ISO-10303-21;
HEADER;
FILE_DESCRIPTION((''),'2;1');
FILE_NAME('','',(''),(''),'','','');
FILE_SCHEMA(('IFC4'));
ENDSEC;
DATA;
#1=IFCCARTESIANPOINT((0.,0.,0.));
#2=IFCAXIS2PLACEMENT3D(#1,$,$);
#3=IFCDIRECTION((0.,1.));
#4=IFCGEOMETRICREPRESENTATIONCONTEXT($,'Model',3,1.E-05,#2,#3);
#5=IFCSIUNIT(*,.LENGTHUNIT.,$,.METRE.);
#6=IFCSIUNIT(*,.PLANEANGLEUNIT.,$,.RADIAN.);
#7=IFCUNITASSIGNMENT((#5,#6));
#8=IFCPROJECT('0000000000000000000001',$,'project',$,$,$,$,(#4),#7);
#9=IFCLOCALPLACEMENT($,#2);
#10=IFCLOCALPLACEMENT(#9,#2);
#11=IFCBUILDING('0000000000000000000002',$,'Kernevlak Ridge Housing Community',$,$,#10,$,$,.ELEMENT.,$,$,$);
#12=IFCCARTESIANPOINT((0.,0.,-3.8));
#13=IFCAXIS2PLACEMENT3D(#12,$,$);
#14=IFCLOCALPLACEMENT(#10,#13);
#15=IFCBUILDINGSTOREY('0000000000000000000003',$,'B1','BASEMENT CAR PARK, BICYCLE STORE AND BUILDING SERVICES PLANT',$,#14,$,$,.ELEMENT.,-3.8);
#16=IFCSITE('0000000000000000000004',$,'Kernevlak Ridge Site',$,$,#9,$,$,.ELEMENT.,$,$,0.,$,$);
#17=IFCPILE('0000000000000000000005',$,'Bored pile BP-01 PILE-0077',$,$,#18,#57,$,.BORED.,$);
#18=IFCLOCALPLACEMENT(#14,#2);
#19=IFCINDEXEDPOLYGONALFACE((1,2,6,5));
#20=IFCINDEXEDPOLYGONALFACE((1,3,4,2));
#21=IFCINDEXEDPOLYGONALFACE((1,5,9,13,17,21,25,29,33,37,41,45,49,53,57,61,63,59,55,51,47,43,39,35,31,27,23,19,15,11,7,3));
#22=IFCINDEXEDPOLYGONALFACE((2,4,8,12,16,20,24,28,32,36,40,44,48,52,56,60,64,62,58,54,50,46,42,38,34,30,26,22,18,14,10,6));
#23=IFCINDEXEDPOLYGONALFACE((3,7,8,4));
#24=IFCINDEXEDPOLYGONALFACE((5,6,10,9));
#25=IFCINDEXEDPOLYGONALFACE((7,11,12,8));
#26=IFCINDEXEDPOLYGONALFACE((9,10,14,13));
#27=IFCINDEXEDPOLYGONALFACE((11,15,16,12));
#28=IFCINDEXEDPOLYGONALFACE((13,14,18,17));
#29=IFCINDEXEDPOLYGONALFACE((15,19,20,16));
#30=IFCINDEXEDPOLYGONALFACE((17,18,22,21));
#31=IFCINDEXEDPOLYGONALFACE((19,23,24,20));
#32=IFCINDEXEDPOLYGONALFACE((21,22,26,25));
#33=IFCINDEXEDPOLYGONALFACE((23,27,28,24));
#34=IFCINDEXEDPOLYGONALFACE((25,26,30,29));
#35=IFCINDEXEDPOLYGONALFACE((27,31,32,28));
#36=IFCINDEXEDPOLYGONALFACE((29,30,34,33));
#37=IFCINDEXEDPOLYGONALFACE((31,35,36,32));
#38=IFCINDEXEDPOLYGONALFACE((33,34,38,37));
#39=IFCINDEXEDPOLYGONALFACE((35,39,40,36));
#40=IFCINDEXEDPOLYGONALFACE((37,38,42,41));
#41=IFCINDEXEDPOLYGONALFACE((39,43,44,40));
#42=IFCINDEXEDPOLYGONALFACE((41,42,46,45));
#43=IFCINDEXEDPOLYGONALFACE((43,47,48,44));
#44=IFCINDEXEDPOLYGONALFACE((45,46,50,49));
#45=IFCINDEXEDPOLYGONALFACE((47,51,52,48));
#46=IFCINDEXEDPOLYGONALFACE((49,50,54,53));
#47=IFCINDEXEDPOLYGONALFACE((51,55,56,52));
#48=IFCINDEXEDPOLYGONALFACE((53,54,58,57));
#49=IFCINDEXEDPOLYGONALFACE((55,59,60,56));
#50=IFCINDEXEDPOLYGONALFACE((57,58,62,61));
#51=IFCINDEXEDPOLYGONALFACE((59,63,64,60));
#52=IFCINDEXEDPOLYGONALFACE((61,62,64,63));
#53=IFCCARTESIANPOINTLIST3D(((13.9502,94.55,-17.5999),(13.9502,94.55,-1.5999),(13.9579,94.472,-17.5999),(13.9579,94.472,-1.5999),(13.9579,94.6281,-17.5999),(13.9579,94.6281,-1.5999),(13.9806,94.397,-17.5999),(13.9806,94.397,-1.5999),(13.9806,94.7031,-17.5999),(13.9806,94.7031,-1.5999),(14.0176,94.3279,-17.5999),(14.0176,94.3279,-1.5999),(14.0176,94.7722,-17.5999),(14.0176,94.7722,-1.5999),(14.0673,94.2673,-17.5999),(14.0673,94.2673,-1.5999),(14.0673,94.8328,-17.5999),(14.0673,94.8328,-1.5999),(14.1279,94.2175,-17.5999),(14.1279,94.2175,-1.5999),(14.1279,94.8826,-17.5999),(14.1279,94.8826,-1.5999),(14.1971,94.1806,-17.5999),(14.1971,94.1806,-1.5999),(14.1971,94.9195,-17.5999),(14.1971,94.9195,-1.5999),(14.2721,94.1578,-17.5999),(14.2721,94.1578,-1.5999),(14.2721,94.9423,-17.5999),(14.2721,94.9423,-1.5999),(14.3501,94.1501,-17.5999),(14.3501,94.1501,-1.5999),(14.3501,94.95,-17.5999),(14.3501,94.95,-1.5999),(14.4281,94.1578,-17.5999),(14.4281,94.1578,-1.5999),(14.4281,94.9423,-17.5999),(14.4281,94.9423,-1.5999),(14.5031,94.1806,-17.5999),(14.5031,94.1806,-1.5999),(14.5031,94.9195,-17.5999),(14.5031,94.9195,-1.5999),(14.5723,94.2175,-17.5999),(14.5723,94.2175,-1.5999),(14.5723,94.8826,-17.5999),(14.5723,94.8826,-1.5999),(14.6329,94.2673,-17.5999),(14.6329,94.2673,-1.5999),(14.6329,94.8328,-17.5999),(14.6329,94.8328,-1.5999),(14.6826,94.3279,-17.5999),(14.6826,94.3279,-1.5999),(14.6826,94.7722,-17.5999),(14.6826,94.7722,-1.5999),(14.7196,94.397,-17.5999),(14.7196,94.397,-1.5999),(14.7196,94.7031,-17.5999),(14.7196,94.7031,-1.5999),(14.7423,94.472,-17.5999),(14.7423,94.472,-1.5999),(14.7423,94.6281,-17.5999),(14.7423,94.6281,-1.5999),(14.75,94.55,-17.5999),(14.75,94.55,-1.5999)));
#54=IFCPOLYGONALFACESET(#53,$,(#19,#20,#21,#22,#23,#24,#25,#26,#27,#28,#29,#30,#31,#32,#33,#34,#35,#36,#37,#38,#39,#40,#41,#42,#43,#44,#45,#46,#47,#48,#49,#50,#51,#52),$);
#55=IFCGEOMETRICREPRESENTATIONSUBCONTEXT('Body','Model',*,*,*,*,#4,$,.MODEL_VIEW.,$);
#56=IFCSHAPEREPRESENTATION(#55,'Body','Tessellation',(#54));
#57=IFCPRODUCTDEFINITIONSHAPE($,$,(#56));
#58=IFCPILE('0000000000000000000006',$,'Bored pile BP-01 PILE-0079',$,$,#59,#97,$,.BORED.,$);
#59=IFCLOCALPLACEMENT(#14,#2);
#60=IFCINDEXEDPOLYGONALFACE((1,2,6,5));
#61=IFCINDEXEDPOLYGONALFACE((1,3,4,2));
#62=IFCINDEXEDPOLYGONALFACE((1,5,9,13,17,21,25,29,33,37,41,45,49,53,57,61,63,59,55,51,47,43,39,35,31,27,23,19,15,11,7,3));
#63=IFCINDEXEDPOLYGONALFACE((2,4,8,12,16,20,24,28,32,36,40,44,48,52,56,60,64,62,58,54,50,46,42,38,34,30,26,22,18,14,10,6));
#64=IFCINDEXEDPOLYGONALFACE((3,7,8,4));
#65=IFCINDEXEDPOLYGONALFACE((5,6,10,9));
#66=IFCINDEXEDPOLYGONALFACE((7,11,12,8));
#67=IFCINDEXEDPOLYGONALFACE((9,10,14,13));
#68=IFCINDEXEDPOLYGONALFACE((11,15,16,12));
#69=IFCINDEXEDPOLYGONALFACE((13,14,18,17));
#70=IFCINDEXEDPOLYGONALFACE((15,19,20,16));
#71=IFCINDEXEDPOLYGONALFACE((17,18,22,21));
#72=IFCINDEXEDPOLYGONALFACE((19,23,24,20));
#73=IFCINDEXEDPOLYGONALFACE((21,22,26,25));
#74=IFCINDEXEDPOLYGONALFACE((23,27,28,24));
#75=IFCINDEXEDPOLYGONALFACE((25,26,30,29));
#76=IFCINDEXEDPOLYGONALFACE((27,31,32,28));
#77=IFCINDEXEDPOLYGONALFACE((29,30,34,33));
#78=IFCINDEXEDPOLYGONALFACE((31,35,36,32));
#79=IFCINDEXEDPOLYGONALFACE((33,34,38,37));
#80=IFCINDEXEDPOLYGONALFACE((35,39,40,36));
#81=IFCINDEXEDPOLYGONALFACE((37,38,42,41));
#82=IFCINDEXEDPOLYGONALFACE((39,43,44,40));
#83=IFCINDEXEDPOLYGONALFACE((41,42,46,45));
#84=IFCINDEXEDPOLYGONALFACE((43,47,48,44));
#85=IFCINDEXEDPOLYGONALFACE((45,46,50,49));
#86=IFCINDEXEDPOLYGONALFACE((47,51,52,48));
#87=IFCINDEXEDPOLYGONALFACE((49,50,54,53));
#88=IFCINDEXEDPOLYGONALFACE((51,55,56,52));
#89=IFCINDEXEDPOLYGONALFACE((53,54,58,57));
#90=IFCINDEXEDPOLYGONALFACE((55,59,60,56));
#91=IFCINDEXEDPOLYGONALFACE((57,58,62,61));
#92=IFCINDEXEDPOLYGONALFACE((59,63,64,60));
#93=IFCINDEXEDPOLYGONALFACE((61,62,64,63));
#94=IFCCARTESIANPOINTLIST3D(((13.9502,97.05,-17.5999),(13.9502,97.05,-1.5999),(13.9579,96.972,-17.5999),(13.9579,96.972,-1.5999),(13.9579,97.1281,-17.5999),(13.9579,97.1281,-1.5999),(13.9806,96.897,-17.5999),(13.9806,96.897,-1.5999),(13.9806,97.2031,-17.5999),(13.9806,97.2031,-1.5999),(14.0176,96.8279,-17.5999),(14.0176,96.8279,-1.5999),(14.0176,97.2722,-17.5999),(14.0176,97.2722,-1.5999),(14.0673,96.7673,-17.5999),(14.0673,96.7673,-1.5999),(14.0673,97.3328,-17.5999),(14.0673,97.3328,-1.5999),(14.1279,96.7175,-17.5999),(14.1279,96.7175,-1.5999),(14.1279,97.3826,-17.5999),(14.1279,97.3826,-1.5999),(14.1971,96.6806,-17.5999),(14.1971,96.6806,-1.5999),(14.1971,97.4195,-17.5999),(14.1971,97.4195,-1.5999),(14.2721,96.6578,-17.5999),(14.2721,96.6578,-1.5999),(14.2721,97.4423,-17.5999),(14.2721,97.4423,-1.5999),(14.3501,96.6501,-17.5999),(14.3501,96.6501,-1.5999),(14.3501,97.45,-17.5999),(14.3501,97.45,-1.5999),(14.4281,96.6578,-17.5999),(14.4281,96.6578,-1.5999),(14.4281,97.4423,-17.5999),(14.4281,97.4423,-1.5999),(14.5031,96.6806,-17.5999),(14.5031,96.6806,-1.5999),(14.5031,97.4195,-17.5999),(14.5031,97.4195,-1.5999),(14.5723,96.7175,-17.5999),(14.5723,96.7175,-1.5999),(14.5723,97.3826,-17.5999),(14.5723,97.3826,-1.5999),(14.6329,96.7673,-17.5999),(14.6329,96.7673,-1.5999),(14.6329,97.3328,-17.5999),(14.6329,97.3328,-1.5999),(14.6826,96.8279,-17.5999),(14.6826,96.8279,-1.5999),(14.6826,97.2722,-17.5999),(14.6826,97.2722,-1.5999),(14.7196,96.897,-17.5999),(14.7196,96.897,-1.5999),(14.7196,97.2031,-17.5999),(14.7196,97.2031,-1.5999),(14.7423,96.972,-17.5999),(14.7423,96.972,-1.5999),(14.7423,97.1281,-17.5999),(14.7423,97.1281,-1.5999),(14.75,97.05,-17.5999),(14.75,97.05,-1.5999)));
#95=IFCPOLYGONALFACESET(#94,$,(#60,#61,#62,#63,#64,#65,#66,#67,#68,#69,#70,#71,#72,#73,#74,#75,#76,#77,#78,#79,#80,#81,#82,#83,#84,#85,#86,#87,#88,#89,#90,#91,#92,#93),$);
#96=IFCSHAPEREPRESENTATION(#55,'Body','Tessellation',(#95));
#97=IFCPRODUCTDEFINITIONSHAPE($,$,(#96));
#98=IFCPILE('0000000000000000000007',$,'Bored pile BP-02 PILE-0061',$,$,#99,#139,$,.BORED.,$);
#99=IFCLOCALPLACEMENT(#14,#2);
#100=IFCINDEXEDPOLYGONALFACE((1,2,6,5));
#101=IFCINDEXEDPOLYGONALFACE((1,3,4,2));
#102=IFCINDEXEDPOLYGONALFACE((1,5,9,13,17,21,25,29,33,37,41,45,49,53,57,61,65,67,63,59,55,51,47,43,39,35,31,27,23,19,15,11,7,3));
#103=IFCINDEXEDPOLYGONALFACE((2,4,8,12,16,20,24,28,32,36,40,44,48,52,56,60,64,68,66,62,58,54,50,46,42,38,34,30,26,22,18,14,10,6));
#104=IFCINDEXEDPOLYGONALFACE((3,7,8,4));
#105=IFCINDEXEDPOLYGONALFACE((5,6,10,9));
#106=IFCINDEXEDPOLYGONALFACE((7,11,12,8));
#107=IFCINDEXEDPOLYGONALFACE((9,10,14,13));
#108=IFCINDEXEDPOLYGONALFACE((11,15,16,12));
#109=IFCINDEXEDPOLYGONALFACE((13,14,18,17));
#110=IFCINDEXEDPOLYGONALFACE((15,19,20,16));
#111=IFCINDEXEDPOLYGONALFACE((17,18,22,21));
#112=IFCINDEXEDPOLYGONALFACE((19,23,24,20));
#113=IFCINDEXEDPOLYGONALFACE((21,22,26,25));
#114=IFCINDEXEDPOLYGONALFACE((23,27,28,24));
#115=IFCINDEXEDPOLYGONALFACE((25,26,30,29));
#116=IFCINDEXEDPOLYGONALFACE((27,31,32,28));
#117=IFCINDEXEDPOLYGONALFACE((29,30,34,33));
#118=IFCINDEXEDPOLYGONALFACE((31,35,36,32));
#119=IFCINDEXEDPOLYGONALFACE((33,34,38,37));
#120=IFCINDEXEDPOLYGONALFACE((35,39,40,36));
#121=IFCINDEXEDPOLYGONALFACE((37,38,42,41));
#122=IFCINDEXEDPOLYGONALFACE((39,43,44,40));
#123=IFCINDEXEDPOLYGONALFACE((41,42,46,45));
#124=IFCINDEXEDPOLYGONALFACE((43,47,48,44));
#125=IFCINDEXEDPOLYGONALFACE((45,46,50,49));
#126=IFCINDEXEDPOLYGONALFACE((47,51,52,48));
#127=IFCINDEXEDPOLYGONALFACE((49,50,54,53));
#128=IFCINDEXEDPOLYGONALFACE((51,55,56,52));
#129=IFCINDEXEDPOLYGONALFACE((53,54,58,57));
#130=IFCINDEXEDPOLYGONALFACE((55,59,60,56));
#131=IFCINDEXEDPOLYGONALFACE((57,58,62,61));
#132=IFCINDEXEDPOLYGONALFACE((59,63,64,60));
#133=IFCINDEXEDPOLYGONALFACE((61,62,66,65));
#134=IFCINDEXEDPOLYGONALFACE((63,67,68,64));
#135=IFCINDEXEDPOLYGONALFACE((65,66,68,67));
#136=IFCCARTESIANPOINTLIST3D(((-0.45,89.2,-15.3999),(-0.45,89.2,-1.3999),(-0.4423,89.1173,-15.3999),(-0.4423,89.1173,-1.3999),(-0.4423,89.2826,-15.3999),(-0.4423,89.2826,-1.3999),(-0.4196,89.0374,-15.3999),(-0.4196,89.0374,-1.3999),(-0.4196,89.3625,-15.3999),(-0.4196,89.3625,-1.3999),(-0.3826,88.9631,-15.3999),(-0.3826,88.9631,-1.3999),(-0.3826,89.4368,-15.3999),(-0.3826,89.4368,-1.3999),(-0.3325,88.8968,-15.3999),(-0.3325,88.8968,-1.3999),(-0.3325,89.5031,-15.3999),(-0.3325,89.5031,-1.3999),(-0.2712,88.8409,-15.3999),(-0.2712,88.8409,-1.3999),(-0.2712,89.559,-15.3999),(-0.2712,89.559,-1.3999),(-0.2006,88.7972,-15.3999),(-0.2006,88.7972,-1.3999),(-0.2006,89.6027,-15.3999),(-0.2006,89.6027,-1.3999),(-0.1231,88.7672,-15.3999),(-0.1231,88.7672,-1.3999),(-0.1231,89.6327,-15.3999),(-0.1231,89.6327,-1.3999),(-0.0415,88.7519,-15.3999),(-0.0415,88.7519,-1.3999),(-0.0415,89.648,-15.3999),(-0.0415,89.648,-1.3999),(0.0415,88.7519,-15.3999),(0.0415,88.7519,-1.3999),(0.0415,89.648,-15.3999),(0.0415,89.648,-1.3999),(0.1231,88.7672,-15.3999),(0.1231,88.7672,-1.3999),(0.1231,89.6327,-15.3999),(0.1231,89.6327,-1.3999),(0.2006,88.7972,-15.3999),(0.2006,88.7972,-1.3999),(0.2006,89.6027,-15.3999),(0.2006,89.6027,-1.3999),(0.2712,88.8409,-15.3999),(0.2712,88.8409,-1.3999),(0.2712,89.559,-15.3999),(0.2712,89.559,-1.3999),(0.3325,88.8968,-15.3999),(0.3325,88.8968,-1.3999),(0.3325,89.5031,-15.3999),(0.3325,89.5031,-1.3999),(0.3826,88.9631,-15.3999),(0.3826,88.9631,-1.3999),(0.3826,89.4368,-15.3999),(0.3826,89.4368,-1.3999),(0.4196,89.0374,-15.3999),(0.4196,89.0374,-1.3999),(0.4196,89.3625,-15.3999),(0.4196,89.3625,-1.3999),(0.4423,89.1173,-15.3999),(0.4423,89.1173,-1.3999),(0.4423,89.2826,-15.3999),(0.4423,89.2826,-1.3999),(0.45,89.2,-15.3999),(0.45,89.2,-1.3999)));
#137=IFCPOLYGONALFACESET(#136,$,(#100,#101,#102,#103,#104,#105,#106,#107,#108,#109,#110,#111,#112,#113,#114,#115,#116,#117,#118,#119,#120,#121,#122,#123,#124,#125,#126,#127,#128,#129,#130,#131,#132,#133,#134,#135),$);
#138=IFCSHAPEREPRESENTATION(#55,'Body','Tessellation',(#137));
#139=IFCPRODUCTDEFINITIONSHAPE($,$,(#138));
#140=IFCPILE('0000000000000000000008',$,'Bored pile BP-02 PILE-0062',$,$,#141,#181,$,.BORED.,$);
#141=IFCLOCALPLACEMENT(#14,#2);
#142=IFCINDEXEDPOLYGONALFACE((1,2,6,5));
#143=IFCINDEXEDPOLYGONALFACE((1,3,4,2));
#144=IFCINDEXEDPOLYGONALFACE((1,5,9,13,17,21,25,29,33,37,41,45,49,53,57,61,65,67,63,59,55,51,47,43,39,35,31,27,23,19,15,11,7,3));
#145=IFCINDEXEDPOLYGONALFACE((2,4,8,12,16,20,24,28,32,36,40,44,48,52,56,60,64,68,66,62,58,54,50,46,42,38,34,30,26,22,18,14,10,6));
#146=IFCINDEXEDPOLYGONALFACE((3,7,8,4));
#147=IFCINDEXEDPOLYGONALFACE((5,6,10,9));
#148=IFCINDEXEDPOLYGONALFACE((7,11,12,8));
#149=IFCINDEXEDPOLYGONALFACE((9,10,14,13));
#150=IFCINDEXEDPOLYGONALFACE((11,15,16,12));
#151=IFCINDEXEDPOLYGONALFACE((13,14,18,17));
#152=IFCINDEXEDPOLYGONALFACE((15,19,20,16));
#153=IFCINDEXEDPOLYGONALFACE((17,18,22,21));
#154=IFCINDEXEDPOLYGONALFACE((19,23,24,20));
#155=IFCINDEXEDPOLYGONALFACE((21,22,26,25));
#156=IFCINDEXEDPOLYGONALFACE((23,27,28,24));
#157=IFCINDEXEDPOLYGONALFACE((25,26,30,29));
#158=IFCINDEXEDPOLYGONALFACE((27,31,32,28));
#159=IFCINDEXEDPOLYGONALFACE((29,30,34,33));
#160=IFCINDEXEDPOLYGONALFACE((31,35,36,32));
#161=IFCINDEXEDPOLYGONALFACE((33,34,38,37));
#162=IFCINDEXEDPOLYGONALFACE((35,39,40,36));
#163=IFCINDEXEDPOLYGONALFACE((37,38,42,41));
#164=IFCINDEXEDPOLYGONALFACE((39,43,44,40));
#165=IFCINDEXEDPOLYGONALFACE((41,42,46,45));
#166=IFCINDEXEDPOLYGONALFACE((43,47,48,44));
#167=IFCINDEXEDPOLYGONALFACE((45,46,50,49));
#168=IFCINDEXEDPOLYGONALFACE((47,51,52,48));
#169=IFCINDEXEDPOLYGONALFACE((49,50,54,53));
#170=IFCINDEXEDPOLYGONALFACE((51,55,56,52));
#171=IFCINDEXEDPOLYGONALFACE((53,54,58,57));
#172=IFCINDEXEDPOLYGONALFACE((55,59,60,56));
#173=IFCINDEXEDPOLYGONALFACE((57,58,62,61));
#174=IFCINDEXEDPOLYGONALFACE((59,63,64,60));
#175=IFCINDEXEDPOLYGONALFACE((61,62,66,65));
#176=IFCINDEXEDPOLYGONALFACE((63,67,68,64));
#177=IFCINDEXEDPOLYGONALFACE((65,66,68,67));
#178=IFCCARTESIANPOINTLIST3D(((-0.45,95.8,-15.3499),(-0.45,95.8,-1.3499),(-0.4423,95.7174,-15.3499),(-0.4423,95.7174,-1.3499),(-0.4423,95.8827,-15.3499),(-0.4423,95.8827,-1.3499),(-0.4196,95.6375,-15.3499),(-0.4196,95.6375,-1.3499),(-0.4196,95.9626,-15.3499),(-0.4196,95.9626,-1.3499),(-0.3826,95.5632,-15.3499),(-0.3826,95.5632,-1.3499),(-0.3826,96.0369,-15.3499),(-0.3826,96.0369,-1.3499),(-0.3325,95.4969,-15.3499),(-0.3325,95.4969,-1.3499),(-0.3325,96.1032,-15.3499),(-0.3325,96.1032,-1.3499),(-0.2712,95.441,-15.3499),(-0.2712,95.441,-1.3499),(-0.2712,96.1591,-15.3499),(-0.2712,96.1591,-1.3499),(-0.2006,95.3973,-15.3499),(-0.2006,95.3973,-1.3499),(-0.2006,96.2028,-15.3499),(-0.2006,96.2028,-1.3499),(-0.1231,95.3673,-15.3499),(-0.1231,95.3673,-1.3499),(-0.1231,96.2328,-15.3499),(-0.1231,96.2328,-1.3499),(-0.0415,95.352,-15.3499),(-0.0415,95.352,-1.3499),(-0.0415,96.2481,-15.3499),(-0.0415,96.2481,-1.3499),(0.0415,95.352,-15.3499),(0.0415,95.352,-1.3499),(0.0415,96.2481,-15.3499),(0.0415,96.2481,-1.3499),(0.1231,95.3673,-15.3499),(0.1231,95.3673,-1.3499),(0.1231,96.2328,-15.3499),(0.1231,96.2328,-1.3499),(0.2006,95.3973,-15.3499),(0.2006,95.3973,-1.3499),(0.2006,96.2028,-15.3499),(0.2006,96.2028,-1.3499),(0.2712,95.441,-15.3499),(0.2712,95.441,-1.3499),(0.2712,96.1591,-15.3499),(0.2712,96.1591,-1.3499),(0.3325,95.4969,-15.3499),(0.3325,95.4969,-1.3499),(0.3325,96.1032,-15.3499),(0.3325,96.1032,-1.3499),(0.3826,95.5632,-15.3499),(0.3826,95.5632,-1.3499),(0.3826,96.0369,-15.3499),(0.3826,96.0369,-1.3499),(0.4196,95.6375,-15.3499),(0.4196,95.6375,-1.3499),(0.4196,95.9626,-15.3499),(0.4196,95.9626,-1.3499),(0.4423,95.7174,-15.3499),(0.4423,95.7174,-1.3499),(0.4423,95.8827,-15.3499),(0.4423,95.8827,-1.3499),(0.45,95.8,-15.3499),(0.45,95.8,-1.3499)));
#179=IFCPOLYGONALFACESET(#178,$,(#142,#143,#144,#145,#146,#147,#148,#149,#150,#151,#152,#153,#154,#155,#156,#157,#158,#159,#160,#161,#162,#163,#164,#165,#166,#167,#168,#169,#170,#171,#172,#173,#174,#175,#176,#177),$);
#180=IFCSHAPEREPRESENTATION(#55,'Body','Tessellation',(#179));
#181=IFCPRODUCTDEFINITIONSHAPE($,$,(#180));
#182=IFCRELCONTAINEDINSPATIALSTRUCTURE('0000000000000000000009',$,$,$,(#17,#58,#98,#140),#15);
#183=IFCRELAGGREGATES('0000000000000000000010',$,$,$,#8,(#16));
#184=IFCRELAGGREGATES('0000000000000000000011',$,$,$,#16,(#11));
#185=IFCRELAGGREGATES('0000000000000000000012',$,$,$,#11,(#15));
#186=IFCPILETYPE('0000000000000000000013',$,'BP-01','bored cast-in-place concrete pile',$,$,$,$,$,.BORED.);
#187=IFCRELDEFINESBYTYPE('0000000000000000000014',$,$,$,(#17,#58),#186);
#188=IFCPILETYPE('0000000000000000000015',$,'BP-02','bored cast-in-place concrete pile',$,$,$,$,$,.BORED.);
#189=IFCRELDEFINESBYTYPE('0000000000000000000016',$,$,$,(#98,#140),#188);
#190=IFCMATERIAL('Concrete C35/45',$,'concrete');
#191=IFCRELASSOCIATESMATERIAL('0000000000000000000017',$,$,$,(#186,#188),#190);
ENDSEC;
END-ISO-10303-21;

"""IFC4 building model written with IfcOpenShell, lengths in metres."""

from ifc_helpers import new_model, si_unit, direction, frame, origin, origin_2d, place, context, subcontext, project, spatial, circle, extrude, material, material_profile, profile_set, type_object, element, save


model = new_model("IFC4")

# Units and contexts
model_context = context("Model", 3, precision=1e-05, world=origin(), true_north=direction((0.0, 1.0)))
body_context = subcontext(model_context, "Body", "Model", "MODEL_VIEW")
ifc_project = project(units=[si_unit("LENGTHUNIT", "METRE"), si_unit("PLANEANGLEUNIT", "RADIAN")], contexts=[model_context])

# Site, building, storey
site_placement = place(None, origin())
site = spatial("IfcSite", under=ifc_project, at=site_placement, Name="Kernevlak Ridge Site", CompositionType="ELEMENT", RefElevation=0.0)
building_placement = place(site_placement, origin())
building = spatial("IfcBuilding", under=site, at=building_placement, Name="Kernevlak Ridge Housing Community", CompositionType="ELEMENT")
storey_placement = place(building_placement, frame((0.0, 0.0, -3.8)))
storey = spatial("IfcBuildingStorey", under=building, at=storey_placement, Name="B1", Description="BASEMENT CAR PARK, BICYCLE STORE AND BUILDING SERVICES PLANT", CompositionType="ELEMENT", Elevation=-3.8)

# Piles
ifc_material_1 = material(Name="Concrete C35/45", Category="concrete")
ifc_material_profile_1 = material_profile(ifc_material_1, circle(Radius=0.3999, at=origin_2d()), Name="BORED PILE 800")
ifc_profile_set_1 = profile_set([ifc_material_profile_1], Name="Concrete C35/45")
pile_type_1 = type_object("IfcPileType", Name="BP-01", Description="bored cast-in-place concrete pile", PredefinedType="BORED", material=ifc_profile_set_1)
for number, where, z_axis, x_axis, name in (
    (1, (14.3501, 94.55, -1.5999), (0.0, 0.0, -1.0), (1.0, 0.0, 0.0), "Bored pile BP-01 PILE-0077"),
    (2, (14.3501, 97.05, -1.5999), (0.0, 0.0, -1.0), (1.0, 0.0, 0.0), "Bored pile BP-01 PILE-0079"),
):
    element("IfcPile", number, at=place(storey_placement, frame(where, z_axis=z_axis, x_axis=x_axis)), inside=storey, type_object=pile_type_1, Name=name, PredefinedType="BORED", context=body_context, shape_type="SweptSolid", body=[
        extrude(circle(Radius=0.3999, at=origin_2d()), origin(), (0.0, 0.0, 1.0), 16.0),
    ])
ifc_material_profile_2 = material_profile(ifc_material_1, circle(Radius=0.45, at=origin_2d()), Name="BORED PILE 900")
ifc_profile_set_2 = profile_set([ifc_material_profile_2], Name="Concrete C35/45")
pile_type_2 = type_object("IfcPileType", Name="BP-02", Description="bored cast-in-place concrete pile", PredefinedType="BORED", material=ifc_profile_set_2)
for number, where, z_axis, x_axis, name in (
    (3, (0.0, 89.2, -1.3999), (0.0, 0.0, -1.0), (1.0, 0.0, 0.0), "Bored pile BP-02 PILE-0061"),
    (4, (0.0, 95.8, -1.3499), (0.0, 0.0, -1.0), (1.0, 0.0, 0.0), "Bored pile BP-02 PILE-0062"),
):
    element("IfcPile", number, at=place(storey_placement, frame(where, z_axis=z_axis, x_axis=x_axis)), inside=storey, type_object=pile_type_2, Name=name, PredefinedType="BORED", context=body_context, shape_type="SweptSolid", body=[
        extrude(circle(Radius=0.45, at=origin_2d()), origin(), (0.0, 0.0, 1.0), 14.0),
    ])

save(model, "model.ifc")
